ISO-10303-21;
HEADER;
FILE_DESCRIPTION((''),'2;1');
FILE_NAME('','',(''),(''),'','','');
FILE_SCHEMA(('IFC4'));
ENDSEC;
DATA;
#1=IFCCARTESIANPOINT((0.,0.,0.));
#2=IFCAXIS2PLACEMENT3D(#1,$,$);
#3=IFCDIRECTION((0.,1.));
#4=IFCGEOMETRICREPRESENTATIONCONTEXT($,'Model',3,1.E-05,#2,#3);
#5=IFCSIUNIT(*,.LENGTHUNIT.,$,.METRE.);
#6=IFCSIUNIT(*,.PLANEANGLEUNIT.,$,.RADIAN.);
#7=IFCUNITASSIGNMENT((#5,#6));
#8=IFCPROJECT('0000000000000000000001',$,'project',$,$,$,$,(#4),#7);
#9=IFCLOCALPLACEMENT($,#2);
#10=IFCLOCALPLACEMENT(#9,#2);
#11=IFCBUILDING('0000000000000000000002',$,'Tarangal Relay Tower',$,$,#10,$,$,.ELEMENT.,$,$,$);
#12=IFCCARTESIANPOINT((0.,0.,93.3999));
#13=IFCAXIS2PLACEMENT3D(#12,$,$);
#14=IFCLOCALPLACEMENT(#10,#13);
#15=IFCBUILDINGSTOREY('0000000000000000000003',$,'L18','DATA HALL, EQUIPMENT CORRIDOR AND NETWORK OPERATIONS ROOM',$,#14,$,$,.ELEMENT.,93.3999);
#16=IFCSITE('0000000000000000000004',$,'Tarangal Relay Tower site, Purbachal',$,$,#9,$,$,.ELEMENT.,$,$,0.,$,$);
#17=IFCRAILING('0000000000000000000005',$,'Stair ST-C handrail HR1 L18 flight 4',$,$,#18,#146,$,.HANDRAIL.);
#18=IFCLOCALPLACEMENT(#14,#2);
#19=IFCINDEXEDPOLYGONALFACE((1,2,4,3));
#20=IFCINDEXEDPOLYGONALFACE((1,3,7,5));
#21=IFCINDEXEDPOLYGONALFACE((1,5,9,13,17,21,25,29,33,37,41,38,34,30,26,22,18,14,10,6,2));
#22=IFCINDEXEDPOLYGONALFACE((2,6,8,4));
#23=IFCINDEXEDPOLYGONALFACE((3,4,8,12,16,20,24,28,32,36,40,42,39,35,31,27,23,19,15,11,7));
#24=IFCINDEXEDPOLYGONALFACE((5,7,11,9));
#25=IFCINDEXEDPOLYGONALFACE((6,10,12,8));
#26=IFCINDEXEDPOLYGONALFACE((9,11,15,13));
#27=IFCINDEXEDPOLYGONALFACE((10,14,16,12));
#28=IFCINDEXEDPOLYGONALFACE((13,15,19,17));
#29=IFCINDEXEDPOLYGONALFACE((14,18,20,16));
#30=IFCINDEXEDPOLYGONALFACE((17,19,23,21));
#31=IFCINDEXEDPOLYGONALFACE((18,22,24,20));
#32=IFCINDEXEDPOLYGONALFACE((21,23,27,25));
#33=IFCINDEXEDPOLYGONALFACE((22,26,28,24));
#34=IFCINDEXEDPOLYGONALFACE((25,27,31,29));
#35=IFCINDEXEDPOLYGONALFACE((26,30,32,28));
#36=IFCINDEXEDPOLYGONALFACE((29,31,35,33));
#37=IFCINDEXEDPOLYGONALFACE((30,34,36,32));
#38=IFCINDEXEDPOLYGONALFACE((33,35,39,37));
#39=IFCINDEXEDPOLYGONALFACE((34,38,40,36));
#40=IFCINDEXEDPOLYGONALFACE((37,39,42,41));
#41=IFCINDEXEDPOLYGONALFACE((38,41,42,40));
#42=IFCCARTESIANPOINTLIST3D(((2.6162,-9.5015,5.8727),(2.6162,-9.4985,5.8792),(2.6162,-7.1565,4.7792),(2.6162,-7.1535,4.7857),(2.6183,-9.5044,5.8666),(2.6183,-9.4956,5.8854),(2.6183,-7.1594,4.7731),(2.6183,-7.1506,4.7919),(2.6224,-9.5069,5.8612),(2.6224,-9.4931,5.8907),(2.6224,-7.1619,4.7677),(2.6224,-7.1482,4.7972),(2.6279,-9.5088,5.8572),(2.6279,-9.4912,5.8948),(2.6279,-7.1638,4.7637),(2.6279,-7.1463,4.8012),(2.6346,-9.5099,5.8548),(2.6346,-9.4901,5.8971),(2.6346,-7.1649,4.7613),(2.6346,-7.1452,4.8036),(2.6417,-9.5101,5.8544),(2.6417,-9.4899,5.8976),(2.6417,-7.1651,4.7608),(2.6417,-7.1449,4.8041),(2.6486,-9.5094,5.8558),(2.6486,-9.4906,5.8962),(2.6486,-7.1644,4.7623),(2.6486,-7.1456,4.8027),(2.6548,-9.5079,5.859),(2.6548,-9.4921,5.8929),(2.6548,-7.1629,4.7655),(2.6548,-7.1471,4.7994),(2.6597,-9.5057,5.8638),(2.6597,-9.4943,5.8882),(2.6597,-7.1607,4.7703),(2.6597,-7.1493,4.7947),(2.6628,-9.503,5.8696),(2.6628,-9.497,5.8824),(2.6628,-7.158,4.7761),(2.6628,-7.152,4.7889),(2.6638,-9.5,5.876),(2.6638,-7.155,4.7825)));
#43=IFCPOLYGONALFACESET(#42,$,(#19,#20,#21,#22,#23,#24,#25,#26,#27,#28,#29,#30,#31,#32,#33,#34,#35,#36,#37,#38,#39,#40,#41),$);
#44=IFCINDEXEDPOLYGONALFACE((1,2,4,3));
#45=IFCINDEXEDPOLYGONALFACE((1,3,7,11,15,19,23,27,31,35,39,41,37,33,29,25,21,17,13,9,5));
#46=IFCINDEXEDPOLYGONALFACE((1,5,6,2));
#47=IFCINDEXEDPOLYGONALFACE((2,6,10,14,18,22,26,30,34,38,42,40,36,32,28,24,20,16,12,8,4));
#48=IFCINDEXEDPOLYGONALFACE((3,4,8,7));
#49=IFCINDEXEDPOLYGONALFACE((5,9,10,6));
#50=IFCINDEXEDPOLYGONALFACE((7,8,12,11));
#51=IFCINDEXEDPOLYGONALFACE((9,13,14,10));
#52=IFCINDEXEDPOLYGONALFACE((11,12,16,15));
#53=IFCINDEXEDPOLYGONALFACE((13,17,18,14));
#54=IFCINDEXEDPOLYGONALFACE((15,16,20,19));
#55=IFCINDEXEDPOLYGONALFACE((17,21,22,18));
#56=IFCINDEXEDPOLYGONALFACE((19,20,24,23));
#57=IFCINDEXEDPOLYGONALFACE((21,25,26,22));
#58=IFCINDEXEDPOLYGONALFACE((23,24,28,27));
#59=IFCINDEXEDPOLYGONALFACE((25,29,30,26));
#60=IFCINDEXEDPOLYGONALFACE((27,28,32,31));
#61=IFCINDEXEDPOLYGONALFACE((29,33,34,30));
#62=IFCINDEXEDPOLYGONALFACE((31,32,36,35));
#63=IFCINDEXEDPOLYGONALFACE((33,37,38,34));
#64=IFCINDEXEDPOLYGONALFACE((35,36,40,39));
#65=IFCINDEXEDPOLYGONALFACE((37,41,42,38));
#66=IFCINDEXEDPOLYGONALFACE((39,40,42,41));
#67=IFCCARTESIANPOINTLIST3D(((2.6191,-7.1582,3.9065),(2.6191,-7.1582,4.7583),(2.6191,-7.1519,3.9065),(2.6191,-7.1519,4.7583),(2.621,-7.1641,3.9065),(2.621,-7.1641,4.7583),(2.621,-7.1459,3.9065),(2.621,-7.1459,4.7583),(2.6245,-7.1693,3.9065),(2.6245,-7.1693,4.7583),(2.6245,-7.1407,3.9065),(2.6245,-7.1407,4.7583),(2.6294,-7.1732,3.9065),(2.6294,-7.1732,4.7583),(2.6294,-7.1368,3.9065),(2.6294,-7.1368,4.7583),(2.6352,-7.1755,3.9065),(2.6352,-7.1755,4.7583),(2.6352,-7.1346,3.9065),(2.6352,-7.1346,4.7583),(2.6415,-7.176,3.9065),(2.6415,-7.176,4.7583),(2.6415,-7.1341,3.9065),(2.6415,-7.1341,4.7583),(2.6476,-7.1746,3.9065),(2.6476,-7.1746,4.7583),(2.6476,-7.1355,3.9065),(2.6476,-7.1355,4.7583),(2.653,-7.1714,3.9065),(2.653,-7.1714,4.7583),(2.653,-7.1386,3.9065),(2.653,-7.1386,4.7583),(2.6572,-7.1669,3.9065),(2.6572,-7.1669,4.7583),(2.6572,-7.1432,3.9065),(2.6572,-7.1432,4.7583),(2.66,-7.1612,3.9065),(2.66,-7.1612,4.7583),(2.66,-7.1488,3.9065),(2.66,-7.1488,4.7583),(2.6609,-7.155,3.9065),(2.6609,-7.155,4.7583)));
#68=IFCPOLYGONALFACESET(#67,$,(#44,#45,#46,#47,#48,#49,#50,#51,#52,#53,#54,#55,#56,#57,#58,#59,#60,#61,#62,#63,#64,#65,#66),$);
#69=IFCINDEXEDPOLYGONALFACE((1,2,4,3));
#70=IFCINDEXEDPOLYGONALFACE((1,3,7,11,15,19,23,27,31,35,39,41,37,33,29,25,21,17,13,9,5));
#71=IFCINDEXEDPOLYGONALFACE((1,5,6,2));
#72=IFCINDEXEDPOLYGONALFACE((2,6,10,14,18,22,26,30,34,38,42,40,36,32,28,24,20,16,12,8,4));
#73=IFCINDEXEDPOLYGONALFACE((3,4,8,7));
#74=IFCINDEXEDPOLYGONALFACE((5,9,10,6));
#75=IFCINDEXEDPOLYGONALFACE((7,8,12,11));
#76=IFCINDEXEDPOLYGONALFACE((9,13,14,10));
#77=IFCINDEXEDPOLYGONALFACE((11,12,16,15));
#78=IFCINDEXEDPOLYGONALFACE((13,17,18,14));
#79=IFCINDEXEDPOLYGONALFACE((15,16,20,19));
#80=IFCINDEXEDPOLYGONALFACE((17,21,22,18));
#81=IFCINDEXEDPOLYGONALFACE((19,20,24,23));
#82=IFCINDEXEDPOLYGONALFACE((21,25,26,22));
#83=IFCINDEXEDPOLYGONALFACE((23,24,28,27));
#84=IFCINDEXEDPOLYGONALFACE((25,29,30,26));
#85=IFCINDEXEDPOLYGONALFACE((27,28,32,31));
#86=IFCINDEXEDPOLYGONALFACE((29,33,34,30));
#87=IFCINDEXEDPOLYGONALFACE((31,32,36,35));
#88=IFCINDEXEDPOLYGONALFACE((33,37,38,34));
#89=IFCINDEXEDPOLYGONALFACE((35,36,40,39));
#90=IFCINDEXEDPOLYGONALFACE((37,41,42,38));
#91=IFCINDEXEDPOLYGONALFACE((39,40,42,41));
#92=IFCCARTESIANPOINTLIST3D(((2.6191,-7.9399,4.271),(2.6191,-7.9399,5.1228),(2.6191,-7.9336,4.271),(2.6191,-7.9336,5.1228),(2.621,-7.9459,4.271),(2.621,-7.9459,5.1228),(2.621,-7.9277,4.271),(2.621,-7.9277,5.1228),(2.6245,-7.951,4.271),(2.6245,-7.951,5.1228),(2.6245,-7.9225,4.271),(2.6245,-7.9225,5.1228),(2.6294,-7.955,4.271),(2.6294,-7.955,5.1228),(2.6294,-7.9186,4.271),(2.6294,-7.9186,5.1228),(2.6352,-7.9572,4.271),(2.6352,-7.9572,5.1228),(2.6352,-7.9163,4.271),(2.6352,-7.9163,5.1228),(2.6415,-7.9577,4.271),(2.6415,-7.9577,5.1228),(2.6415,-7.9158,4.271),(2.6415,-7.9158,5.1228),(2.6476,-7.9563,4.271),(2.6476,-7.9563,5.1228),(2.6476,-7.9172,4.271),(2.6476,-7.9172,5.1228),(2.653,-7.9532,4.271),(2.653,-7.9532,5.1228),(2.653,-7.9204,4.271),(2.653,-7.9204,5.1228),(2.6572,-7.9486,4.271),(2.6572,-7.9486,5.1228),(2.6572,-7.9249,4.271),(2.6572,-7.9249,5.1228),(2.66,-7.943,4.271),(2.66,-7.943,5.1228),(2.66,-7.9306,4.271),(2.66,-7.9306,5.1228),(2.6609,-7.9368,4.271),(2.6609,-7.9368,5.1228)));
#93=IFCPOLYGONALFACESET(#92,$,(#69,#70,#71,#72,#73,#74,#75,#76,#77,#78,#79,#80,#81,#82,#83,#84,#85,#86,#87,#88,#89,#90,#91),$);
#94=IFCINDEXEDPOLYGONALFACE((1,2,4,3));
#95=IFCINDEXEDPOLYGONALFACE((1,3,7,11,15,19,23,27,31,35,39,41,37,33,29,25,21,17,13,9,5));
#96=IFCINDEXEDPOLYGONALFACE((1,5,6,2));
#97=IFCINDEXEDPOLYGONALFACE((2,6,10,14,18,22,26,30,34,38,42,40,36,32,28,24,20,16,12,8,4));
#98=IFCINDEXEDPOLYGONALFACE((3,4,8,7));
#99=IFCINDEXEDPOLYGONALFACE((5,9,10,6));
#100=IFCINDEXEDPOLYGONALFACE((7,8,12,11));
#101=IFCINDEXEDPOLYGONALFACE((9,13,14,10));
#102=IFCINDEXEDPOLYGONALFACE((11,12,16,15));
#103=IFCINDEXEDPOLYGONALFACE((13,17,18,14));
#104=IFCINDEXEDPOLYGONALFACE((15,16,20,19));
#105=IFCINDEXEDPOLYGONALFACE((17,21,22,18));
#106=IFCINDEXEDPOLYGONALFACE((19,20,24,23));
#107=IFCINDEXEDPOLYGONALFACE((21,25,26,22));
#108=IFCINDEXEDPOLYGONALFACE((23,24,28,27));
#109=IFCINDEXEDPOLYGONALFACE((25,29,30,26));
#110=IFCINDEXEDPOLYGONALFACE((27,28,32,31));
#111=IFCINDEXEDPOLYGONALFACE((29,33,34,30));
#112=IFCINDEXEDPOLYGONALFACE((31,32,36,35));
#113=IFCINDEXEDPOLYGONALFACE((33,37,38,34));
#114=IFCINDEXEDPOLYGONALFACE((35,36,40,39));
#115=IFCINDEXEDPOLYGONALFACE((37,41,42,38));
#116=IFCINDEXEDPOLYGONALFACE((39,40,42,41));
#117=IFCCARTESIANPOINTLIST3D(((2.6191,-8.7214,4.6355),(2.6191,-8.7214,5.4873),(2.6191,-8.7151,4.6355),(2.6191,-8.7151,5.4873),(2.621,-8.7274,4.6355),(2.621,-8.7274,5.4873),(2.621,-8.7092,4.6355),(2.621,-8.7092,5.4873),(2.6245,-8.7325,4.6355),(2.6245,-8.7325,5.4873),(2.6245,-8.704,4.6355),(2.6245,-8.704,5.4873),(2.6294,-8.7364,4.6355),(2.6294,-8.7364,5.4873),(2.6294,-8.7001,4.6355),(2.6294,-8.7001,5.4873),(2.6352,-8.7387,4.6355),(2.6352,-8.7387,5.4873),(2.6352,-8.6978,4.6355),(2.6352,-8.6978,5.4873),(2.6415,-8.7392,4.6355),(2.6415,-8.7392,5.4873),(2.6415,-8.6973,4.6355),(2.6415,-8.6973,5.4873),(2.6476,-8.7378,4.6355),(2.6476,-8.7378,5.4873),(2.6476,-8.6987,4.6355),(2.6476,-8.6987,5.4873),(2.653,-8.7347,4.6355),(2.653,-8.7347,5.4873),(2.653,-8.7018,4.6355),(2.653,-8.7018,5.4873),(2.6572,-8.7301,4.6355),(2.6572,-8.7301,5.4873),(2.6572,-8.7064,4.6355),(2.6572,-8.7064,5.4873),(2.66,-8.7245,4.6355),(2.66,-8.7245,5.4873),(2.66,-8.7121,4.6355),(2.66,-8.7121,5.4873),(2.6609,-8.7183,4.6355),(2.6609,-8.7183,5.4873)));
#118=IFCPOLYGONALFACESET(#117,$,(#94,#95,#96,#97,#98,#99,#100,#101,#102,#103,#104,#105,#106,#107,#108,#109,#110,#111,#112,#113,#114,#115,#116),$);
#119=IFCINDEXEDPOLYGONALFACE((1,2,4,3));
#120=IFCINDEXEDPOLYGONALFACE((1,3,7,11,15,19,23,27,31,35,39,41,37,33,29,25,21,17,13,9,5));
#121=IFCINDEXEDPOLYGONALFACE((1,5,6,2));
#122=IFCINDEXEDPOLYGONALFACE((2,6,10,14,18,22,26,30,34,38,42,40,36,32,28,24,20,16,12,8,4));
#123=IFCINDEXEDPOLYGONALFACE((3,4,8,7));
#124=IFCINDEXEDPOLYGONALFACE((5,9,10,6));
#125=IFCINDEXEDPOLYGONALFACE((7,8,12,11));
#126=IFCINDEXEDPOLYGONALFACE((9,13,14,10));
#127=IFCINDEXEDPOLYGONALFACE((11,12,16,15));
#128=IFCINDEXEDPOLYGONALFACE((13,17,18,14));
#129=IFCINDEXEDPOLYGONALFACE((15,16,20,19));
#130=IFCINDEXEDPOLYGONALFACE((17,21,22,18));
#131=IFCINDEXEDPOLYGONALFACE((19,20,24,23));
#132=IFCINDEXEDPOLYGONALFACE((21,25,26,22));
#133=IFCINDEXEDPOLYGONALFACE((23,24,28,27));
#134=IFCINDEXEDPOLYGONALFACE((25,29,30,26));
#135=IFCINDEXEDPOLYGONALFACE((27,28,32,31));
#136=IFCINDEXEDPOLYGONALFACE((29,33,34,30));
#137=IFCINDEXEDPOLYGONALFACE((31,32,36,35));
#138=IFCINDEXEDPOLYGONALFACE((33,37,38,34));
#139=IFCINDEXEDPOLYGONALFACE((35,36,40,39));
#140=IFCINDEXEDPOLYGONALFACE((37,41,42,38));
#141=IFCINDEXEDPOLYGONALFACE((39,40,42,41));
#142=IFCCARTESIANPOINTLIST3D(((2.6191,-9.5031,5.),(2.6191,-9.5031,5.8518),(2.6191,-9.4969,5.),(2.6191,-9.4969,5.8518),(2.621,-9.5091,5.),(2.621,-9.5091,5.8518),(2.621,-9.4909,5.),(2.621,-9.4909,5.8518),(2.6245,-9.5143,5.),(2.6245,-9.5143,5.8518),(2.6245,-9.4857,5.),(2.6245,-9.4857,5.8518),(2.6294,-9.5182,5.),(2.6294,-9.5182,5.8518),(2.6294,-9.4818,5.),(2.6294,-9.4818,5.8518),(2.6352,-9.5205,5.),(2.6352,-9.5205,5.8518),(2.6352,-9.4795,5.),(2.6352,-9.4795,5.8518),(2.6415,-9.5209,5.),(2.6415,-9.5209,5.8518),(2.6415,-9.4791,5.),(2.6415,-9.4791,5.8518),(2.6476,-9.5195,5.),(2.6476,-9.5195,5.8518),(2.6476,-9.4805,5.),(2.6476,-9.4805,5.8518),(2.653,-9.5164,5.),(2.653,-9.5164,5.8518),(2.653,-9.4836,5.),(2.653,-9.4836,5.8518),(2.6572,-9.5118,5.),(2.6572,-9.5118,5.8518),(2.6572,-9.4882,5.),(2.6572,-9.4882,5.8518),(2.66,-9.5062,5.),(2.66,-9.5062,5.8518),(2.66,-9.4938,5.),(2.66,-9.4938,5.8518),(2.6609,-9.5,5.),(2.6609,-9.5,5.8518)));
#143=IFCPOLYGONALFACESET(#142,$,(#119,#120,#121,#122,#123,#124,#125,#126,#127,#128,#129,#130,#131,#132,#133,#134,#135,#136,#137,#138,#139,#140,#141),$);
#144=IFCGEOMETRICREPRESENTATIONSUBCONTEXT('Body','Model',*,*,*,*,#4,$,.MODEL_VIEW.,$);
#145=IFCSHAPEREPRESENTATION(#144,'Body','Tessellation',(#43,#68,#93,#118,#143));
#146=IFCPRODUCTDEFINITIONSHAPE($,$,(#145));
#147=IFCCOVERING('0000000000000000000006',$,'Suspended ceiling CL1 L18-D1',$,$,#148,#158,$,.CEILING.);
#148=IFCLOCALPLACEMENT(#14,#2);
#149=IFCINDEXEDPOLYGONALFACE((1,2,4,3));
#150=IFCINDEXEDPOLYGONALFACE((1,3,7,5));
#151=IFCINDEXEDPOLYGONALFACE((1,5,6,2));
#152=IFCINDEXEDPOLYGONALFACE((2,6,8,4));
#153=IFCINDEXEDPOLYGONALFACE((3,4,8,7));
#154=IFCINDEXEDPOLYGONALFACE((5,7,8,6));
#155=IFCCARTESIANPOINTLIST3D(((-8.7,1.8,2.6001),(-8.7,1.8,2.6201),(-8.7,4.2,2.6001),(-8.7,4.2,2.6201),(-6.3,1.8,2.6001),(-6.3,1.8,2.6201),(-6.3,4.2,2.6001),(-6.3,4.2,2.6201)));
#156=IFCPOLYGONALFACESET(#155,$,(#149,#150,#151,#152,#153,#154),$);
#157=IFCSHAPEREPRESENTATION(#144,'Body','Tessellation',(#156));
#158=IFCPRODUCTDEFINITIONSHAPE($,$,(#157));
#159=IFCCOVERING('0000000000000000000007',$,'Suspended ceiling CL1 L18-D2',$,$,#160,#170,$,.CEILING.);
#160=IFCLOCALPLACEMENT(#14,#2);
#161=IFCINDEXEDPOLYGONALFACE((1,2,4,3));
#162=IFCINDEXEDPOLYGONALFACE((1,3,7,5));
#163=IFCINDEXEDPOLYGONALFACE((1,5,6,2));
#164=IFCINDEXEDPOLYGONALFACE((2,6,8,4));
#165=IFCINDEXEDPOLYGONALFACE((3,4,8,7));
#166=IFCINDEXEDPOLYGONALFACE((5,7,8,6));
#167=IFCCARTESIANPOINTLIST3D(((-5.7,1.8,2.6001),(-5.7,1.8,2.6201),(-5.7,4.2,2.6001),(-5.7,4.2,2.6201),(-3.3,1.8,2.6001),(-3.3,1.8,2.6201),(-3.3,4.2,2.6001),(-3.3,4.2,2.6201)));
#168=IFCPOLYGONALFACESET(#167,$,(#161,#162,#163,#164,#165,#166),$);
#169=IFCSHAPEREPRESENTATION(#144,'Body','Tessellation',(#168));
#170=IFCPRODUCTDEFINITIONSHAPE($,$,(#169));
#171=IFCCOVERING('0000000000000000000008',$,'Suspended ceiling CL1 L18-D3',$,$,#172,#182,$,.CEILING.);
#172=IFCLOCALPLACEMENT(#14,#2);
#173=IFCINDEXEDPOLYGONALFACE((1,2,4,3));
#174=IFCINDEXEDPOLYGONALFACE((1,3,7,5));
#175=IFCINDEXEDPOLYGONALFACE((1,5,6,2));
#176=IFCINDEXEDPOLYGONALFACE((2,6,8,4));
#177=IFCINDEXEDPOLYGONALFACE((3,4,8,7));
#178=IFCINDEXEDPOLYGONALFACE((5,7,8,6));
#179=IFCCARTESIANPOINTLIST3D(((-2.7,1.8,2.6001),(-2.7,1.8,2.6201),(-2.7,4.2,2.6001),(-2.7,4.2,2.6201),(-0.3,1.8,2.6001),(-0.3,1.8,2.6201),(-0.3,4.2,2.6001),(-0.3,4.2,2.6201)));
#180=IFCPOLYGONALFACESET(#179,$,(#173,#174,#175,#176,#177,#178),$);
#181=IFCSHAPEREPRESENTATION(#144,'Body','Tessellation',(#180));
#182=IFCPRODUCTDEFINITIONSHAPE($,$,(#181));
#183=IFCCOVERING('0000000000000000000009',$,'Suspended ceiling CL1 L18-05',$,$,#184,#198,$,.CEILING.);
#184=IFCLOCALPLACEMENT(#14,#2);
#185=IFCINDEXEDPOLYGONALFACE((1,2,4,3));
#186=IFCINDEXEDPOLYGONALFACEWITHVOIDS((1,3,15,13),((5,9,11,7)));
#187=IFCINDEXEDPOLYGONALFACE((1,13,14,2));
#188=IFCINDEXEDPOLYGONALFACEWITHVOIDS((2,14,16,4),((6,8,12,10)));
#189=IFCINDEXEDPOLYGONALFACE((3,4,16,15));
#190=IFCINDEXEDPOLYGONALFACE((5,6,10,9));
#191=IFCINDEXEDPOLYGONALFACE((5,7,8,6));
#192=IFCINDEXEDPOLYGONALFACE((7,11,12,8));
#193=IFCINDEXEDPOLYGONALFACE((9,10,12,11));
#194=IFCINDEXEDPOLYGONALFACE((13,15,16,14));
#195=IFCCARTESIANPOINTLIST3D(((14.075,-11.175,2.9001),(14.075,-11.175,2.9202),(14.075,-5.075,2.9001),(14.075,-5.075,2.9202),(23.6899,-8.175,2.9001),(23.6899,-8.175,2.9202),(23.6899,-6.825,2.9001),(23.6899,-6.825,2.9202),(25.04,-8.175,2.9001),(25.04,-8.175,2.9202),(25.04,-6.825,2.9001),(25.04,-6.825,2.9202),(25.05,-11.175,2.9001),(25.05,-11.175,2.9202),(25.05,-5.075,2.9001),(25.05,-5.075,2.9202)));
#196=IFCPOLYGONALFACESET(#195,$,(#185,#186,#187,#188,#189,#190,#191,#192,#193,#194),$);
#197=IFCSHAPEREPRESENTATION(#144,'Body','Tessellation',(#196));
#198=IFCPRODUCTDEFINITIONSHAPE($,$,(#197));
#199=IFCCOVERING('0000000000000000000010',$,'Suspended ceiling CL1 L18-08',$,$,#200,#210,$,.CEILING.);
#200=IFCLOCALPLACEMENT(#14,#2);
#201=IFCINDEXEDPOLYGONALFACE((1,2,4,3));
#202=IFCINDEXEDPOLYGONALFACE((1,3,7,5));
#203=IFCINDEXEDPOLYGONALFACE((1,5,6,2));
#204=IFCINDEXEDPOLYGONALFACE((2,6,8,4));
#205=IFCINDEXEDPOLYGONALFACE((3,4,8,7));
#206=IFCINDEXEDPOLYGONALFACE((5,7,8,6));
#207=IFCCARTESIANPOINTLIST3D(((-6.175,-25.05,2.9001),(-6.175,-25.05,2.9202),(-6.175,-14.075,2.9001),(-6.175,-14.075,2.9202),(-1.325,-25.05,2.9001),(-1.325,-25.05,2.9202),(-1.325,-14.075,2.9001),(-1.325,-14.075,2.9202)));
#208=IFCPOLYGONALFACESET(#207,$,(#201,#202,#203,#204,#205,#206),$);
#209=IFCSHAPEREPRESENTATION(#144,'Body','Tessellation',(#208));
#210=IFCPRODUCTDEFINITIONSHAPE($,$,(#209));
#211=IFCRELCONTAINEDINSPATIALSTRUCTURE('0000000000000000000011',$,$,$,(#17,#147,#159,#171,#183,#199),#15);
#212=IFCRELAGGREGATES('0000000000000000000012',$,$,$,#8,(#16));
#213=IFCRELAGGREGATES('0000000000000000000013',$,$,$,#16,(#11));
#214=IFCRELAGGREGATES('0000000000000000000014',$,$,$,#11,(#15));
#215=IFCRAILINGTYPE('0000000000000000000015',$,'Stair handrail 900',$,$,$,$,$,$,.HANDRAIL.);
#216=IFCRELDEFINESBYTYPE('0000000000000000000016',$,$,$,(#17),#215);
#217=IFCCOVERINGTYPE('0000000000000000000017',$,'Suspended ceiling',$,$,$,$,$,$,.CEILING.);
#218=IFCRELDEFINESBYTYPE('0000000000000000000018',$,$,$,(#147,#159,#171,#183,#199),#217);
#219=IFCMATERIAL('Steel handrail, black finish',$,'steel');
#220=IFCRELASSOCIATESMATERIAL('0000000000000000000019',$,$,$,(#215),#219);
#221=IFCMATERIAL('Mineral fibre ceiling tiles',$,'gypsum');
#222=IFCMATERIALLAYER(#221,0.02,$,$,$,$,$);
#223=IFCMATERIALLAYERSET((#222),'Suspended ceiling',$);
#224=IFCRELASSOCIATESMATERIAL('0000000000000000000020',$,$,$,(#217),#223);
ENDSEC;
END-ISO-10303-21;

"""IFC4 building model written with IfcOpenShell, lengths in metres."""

from ifc_helpers import new_model, si_unit, direction, frame, origin, origin_2d, place, context, subcontext, project, spatial, polyline, circle, outline, extrude, material, layer, layer_set, type_object, element, save


model = new_model("IFC4")

# Units and contexts
model_context = context("Model", 3, precision=1e-05, world=origin(), true_north=direction((0.0, 1.0)))
body_context = subcontext(model_context, "Body", "Model", "MODEL_VIEW")
ifc_project = project(units=[si_unit("LENGTHUNIT", "METRE"), si_unit("PLANEANGLEUNIT", "RADIAN")], contexts=[model_context])

# Site, building, storey
site_placement = place(None, origin())
site = spatial("IfcSite", under=ifc_project, at=site_placement, Name="Tarangal Relay Tower site, Purbachal", CompositionType="ELEMENT", RefElevation=0.0)
building_placement = place(site_placement, origin())
building = spatial("IfcBuilding", under=site, at=building_placement, Name="Tarangal Relay Tower", CompositionType="ELEMENT")
storey_placement = place(building_placement, frame((0.0, 0.0, 93.3999)))
storey = spatial("IfcBuildingStorey", under=building, at=storey_placement, Name="L18", Description="DATA HALL, EQUIPMENT CORRIDOR AND NETWORK OPERATIONS ROOM", CompositionType="ELEMENT", Elevation=93.3999)

# Railing
ifc_material_1 = material(Name="Steel handrail, black finish", Category="steel")
railing_type_1 = type_object("IfcRailingType", Name="Stair handrail 900", PredefinedType="HANDRAIL", material=ifc_material_1)
for number, where, name in (
    (1, (2.6399, -7.155, 3.9065), "Stair ST-C handrail HR1 L18 flight 4"),
):
    element("IfcRailing", number, at=place(storey_placement, frame(where)), inside=storey, type_object=railing_type_1, Name=name, PredefinedType="HANDRAIL", context=body_context, shape_type="SweptSolid", body=[
        extrude(circle(Radius=0.0239, at=origin_2d()), frame((0.0, 0.0, 0.876), z_axis=(0.0, -0.906304, 0.422627), x_axis=(1.0, 0.0, 0.0)), (0.0, 0.0, 1.0), 2.5874),
        extrude(circle(Radius=0.021, at=origin_2d()), origin(), (0.0, 0.0, 1.0), 0.8518),
        extrude(circle(Radius=0.021, at=origin_2d()), frame((0.0, -0.7817, 0.3645)), (0.0, 0.0, 1.0), 0.8518),
        extrude(circle(Radius=0.021, at=origin_2d()), frame((0.0, -1.5632, 0.729)), (0.0, 0.0, 1.0), 0.8518),
        extrude(circle(Radius=0.021, at=origin_2d()), frame((0.0, -2.345, 1.0935)), (0.0, 0.0, 1.0), 0.8518),
    ])

# Coverings
ifc_material_2 = material(Name="Mineral fibre ceiling tiles", Category="gypsum")
ifc_layer_1 = layer(ifc_material_2, 0.02)
ifc_layer_set_1 = layer_set([ifc_layer_1], Name="Suspended ceiling")
covering_type_1 = type_object("IfcCoveringType", Name="Suspended ceiling", PredefinedType="CEILING", material=ifc_layer_set_1)
covering_1_placement = place(storey_placement, frame((0.0, 0.0, 2.6001)))
element("IfcCovering", 2, at=covering_1_placement, inside=storey, type_object=covering_type_1, Name="Suspended ceiling CL1 L18-D1", PredefinedType="CEILING", context=body_context, shape_type="SweptSolid", body=[
    extrude(outline(polyline([(-8.7, 1.8), (-6.3, 1.8), (-6.3, 4.2), (-8.7, 4.2), (-8.7, 1.8)])), origin(), (0.0, 0.0, 1.0), 0.02),
])
covering_2_placement = place(storey_placement, frame((0.0, 0.0, 2.6001)))
element("IfcCovering", 3, at=covering_2_placement, inside=storey, type_object=covering_type_1, Name="Suspended ceiling CL1 L18-D2", PredefinedType="CEILING", context=body_context, shape_type="SweptSolid", body=[
    extrude(outline(polyline([(-5.7, 1.8), (-3.3, 1.8), (-3.3, 4.2), (-5.7, 4.2), (-5.7, 1.8)])), origin(), (0.0, 0.0, 1.0), 0.02),
])
covering_3_placement = place(storey_placement, frame((0.0, 0.0, 2.6001)))
element("IfcCovering", 4, at=covering_3_placement, inside=storey, type_object=covering_type_1, Name="Suspended ceiling CL1 L18-D3", PredefinedType="CEILING", context=body_context, shape_type="SweptSolid", body=[
    extrude(outline(polyline([(-2.7, 1.8), (-0.3, 1.8), (-0.3, 4.2), (-2.7, 4.2), (-2.7, 1.8)])), origin(), (0.0, 0.0, 1.0), 0.02),
])
covering_4_placement = place(storey_placement, frame((0.0, 0.0, 2.9001)))
element("IfcCovering", 5, at=covering_4_placement, inside=storey, type_object=covering_type_1, Name="Suspended ceiling CL1 L18-05", PredefinedType="CEILING", context=body_context, shape_type="SweptSolid", body=[
    extrude(outline(polyline([(25.05, -11.175), (25.05, -5.075), (14.075, -5.075), (14.075, -11.175), (25.05, -11.175)]), holes=[polyline([(25.04, -6.825), (23.6899, -6.825), (23.6899, -8.175), (25.04, -8.175), (25.04, -6.825)])]), origin(), (0.0, 0.0, 1.0), 0.02),
])
covering_5_placement = place(storey_placement, frame((0.0, 0.0, 2.9001)))
element("IfcCovering", 6, at=covering_5_placement, inside=storey, type_object=covering_type_1, Name="Suspended ceiling CL1 L18-08", PredefinedType="CEILING", context=body_context, shape_type="SweptSolid", body=[
    extrude(outline(polyline([(-1.325, -25.05), (-1.325, -14.075), (-6.175, -14.075), (-6.175, -25.05), (-1.325, -25.05)])), origin(), (0.0, 0.0, 1.0), 0.02),
])

save(model, "model.ifc")
